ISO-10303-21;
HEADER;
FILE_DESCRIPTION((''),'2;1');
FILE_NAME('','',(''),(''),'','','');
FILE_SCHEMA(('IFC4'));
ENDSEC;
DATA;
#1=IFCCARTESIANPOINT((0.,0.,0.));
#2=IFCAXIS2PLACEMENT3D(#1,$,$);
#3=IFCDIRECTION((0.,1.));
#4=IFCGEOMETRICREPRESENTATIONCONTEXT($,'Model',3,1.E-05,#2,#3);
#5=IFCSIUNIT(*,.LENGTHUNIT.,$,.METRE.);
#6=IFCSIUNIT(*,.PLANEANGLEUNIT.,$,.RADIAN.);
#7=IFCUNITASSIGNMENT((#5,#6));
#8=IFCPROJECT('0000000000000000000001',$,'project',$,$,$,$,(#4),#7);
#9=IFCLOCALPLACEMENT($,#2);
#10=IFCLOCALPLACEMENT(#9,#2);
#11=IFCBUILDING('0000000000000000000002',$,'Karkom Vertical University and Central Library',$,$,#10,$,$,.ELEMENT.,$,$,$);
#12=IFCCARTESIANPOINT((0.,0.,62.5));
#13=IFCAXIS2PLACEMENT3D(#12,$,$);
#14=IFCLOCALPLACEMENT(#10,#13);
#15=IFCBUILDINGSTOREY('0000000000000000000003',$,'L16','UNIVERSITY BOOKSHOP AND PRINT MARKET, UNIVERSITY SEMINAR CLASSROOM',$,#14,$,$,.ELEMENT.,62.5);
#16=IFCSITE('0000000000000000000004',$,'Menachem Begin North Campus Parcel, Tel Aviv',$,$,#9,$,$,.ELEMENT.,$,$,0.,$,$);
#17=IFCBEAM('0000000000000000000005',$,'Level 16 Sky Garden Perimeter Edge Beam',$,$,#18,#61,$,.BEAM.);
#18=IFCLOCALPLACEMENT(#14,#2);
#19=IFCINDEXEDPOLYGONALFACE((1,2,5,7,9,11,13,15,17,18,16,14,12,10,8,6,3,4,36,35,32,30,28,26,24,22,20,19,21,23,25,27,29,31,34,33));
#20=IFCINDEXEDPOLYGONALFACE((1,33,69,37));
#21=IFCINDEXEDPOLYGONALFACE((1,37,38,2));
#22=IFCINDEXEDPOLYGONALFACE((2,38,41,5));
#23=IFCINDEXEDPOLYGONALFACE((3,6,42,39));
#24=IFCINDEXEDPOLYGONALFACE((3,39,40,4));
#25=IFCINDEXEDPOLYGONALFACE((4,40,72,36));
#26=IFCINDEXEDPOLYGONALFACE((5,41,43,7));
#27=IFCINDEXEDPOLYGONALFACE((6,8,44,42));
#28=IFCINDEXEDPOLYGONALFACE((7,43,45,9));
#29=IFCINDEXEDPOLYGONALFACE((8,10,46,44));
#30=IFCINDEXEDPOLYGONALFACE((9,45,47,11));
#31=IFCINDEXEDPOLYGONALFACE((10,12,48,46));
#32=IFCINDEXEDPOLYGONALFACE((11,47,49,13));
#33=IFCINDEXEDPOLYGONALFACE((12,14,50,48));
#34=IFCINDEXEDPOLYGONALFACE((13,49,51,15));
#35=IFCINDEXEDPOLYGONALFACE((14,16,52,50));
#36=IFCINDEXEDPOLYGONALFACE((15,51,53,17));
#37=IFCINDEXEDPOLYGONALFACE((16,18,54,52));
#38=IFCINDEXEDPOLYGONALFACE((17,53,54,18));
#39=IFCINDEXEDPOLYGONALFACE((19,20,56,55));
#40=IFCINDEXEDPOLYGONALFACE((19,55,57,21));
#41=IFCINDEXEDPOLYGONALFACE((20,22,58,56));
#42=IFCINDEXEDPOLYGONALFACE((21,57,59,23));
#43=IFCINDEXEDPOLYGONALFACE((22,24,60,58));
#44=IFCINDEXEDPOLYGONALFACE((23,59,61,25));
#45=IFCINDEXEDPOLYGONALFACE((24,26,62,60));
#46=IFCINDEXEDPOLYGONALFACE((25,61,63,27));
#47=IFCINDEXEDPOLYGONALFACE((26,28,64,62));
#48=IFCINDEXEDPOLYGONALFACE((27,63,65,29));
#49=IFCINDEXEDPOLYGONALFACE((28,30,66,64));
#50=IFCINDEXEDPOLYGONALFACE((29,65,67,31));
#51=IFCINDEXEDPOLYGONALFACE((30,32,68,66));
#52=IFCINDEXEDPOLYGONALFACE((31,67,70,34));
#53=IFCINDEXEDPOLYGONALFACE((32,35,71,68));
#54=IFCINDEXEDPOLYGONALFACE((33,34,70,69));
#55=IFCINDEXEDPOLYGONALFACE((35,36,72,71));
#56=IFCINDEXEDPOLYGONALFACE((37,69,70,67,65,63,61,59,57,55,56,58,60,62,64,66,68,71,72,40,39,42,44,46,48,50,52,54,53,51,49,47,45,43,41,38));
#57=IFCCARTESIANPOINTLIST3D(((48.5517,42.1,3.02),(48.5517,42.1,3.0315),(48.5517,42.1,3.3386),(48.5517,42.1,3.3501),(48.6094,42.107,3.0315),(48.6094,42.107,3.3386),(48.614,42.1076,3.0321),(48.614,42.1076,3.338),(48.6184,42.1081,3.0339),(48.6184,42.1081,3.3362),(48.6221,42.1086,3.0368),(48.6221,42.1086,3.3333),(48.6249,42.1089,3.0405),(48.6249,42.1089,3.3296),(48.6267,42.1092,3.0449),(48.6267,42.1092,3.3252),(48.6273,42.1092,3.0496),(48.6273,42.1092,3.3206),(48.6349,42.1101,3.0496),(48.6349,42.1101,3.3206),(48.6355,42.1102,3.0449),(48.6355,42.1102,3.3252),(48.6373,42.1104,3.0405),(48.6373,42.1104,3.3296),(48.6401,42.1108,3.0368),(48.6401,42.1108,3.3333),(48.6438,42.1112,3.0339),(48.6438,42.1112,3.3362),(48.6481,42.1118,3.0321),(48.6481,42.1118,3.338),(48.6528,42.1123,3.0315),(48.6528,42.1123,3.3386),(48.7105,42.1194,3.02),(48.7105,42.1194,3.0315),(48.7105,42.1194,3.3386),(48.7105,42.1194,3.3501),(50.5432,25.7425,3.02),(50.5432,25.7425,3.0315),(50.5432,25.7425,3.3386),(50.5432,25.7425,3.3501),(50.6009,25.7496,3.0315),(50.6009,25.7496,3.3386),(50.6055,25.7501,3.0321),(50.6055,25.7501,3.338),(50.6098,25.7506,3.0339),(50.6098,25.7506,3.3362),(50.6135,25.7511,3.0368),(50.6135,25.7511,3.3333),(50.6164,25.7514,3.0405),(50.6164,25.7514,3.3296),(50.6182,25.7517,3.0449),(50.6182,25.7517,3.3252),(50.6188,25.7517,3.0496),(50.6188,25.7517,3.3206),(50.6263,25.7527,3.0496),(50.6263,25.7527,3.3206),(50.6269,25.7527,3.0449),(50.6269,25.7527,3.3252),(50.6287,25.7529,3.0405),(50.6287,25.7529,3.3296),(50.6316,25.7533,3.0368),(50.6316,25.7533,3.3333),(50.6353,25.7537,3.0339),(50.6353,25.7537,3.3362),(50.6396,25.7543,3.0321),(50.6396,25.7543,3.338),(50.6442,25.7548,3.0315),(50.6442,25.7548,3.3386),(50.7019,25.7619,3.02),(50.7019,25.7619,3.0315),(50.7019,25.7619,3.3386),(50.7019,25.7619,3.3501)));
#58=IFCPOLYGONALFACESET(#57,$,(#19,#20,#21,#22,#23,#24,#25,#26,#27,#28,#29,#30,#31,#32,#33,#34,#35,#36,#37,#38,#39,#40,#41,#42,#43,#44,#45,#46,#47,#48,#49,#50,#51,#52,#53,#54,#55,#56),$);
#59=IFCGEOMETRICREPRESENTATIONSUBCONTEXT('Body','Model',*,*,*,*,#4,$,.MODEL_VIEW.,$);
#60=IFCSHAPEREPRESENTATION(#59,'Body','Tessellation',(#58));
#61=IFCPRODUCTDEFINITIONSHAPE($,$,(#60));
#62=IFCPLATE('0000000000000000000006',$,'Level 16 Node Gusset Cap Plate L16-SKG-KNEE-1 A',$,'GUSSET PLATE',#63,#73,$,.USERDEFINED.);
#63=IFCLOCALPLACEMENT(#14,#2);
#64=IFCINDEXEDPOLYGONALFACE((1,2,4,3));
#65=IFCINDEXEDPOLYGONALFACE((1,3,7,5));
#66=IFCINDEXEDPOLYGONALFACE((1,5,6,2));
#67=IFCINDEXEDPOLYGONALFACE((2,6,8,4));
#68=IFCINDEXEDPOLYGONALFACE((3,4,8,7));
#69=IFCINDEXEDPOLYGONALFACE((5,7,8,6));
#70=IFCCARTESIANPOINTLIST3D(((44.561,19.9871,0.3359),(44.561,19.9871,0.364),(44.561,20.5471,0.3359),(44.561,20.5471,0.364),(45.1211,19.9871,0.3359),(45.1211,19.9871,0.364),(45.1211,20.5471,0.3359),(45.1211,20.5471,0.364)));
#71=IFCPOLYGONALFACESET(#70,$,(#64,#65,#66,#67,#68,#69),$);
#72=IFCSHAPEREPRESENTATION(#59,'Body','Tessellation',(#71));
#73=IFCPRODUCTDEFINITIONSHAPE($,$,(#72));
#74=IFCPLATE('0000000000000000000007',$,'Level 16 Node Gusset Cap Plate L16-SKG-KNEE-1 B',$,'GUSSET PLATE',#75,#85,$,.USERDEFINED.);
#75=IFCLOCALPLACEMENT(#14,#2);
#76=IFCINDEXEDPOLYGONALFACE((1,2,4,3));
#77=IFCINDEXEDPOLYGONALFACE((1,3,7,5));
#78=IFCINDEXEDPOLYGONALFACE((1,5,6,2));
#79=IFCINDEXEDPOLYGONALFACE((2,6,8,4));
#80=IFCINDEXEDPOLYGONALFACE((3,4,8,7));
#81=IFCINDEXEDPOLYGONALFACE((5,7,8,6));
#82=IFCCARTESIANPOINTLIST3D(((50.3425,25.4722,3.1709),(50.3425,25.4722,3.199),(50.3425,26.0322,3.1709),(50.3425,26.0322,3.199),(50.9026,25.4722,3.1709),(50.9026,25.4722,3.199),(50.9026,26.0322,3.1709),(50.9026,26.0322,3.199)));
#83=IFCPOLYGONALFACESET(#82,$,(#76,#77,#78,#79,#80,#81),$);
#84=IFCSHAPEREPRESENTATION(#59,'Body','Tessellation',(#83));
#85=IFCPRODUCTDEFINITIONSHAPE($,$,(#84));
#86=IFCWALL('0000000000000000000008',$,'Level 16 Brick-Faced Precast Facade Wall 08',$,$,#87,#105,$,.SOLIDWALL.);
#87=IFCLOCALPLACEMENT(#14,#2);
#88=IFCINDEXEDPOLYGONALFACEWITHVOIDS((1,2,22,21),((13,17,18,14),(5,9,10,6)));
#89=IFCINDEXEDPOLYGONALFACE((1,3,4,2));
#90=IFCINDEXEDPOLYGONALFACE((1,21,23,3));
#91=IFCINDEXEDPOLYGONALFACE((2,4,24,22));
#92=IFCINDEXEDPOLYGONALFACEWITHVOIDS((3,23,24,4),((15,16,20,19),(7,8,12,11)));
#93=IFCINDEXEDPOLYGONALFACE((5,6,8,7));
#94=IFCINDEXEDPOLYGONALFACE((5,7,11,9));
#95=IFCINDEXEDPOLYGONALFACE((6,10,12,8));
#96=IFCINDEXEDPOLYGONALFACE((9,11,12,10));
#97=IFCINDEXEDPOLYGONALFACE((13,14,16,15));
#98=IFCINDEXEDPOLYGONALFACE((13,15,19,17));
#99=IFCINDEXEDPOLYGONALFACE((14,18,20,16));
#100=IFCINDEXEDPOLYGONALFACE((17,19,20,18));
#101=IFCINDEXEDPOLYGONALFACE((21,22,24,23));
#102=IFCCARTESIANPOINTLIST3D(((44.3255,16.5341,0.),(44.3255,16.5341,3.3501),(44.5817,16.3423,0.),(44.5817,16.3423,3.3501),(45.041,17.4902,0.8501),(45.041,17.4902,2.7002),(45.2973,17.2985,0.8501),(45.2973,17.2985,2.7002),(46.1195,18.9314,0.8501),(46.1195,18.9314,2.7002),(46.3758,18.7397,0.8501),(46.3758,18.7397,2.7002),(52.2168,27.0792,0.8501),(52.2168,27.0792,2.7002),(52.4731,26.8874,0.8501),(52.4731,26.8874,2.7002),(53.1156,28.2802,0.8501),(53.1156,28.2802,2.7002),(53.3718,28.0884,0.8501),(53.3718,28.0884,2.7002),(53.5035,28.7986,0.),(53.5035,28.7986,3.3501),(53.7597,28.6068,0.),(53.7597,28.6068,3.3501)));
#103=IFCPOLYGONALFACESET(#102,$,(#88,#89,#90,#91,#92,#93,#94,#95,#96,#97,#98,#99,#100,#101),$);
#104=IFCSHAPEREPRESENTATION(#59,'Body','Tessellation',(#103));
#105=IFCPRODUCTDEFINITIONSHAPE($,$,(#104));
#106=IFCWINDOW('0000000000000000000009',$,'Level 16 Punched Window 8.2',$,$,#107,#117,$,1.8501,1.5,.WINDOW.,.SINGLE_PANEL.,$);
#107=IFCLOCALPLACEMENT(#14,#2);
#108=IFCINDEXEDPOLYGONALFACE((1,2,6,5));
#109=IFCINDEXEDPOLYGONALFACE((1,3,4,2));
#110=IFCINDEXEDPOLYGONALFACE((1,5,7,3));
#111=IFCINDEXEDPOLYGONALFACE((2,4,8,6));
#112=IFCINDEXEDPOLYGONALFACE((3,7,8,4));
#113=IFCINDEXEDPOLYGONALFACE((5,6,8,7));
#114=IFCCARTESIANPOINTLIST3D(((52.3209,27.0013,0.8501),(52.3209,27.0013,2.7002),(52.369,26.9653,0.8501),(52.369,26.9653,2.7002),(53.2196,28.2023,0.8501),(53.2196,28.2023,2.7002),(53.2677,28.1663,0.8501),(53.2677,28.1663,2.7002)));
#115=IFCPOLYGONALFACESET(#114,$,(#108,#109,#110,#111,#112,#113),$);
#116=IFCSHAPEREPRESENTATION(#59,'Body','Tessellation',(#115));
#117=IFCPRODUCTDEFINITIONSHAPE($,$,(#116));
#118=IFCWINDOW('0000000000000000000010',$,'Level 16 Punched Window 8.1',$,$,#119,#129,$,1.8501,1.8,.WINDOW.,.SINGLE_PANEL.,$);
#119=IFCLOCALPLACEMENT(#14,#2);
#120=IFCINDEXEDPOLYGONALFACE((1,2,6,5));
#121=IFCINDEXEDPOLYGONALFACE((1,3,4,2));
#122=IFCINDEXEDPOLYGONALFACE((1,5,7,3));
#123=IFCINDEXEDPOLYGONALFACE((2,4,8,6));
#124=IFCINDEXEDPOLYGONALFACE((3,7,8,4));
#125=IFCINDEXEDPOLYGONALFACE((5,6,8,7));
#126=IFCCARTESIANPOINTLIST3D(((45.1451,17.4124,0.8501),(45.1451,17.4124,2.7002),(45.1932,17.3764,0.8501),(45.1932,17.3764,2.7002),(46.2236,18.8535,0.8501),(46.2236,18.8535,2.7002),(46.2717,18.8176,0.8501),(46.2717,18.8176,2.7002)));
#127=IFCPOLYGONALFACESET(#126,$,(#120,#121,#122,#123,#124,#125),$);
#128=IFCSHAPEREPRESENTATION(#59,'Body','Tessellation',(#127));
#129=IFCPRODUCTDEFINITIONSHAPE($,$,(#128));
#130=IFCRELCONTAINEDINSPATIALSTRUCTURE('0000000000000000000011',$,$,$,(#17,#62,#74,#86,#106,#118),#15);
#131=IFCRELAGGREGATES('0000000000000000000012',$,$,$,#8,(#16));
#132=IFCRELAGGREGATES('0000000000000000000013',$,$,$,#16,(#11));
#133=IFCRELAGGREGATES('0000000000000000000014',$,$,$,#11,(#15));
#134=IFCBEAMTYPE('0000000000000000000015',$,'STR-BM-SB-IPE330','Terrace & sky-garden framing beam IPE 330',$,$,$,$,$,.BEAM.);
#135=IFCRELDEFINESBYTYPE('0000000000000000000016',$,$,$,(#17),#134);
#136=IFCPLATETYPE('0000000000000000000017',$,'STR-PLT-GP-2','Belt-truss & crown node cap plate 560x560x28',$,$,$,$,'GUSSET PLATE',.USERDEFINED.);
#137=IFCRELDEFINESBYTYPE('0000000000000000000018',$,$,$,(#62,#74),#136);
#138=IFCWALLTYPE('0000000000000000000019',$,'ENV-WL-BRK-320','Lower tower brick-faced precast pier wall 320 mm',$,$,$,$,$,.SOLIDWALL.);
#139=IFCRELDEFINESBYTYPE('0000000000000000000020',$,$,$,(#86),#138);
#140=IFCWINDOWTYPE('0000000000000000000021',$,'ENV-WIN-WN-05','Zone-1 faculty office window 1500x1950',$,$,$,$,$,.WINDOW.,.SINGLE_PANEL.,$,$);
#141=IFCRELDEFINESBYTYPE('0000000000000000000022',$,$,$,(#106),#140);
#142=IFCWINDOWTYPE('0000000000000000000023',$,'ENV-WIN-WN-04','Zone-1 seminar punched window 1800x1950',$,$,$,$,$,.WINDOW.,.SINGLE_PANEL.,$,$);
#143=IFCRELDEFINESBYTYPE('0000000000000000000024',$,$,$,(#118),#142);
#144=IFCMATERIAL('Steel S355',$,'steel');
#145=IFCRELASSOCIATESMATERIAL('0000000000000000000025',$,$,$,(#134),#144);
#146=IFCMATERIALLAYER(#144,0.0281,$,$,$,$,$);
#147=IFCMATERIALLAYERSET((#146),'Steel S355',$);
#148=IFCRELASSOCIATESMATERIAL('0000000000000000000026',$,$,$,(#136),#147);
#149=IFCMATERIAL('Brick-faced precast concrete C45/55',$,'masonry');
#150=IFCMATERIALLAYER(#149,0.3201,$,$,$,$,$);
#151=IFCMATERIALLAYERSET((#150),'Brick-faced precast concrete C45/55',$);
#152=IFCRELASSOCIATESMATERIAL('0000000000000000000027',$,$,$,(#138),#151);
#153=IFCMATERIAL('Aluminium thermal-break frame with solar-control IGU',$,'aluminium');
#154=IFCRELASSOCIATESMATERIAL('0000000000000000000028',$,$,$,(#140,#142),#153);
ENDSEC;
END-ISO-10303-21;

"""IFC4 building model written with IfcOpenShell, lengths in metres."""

from ifc_helpers import new_model, si_unit, direction, frame, frame_2d, origin, origin_with_axes, origin_2d, place, context, subcontext, project, spatial, rectangle, i_section, extrude, source, transform, mapped, material, layer, layer_set, material_profile, profile_set, type_object, element, fill, save


model = new_model("IFC4")

# Units and contexts
model_context = context("Model", 3, precision=1e-05, world=origin(), true_north=direction((0.0, 1.0)))
body_context = subcontext(model_context, "Body", "Model", "MODEL_VIEW")
ifc_project = project(units=[si_unit("LENGTHUNIT", "METRE"), si_unit("PLANEANGLEUNIT", "RADIAN")], contexts=[model_context])

# Site, building, storey
site_placement = place(None, origin())
site = spatial("IfcSite", under=ifc_project, at=site_placement, Name="Menachem Begin North Campus Parcel, Tel Aviv", CompositionType="ELEMENT", RefElevation=0.0)
building_placement = place(site_placement, origin())
building = spatial("IfcBuilding", under=site, at=building_placement, Name="Karkom Vertical University and Central Library", CompositionType="ELEMENT")
storey_placement = place(building_placement, frame((0.0, 0.0, 62.5)))
storey = spatial("IfcBuildingStorey", under=building, at=storey_placement, Name="L16", Description="UNIVERSITY BOOKSHOP AND PRINT MARKET, UNIVERSITY SEMINAR CLASSROOM", CompositionType="ELEMENT", Elevation=62.5)

# Shared definitions
ifc_material_1 = material(Name="Steel S355", Category="steel")
ifc_material_profile_1 = material_profile(ifc_material_1, i_section(OverallWidth=0.1599, OverallDepth=0.3301, WebThickness=0.0076, FlangeThickness=0.0115, FilletRadius=0.0181, at=origin_2d()), Name="IPE 330")
ifc_profile_set_1 = profile_set([ifc_material_profile_1], Name="Steel S355")
beam_type_1 = type_object("IfcBeamType", Name="STR-BM-SB-IPE330", Description="Terrace & sky-garden framing beam IPE 330", PredefinedType="BEAM", material=ifc_profile_set_1)

# Beam
shared_shape_1 = source(origin_with_axes(), body_context, "Body", "SweptSolid", [
    extrude(i_section(OverallWidth=0.1599, OverallDepth=0.3301, WebThickness=0.0076, FlangeThickness=0.0115, FilletRadius=0.0181, at=origin_2d()), origin(), (0.0, 0.0, 1.0), 16.4783),
])
beam_1_placement = place(storey_placement, frame((50.6226, 25.7522, 3.1851), z_axis=(-0.120854, 0.99267, 0.0), x_axis=(-0.99267, -0.120854, 0.0)))
element("IfcBeam", 1, at=beam_1_placement, inside=storey, type_object=beam_type_1, Name="Level 16 Sky Garden Perimeter Edge Beam", PredefinedType="BEAM", context=body_context, shape_type="MappedRepresentation", body=[
    mapped(shared_shape_1, transform((0.0, 0.0, 0.0), scale=1.0)),
])

# Plates
ifc_layer_1 = layer(ifc_material_1, 0.0281)
ifc_layer_set_1 = layer_set([ifc_layer_1], Name="Steel S355")
plate_type = type_object("IfcPlateType", Name="STR-PLT-GP-2", Description="Belt-truss & crown node cap plate 560x560x28", ElementType="GUSSET PLATE", PredefinedType="USERDEFINED", material=ifc_layer_set_1)
shared_shape_2 = source(origin_with_axes(), body_context, "Body", "SweptSolid", [
    extrude(rectangle(XDim=0.5601, YDim=0.5601, at=origin_2d()), origin(), (0.0, 0.0, 1.0), 0.0281),
])
for number, where, z_axis, x_axis, name in (
    (2, (44.8411, 20.2671, 0.3359), (0.0, 0.0, 1.0), (1.0, 0.0, 0.0), "Level 16 Node Gusset Cap Plate L16-SKG-KNEE-1 A"),
    (3, (50.6226, 25.7522, 3.1709), (0.0, 0.0, 1.0), (1.0, 0.0, 0.0), "Level 16 Node Gusset Cap Plate L16-SKG-KNEE-1 B"),
):
    element("IfcPlate", number, at=place(storey_placement, frame(where, z_axis=z_axis, x_axis=x_axis)), inside=storey, type_object=plate_type, Name=name, ObjectType="GUSSET PLATE", PredefinedType="USERDEFINED", context=body_context, shape_type="MappedRepresentation", body=[
        mapped(shared_shape_2, transform((0.0, 0.0, 0.0), scale=1.0)),
    ])

# Wall, openings, windows
ifc_material_2 = material(Name="Brick-faced precast concrete C45/55", Category="masonry")
ifc_layer_2 = layer(ifc_material_2, 0.3201)
ifc_layer_set_2 = layer_set([ifc_layer_2], Name="Brick-faced precast concrete C45/55")
wall_type_1 = type_object("IfcWallType", Name="ENV-WL-BRK-320", Description="Lower tower brick-faced precast pier wall 320 mm", PredefinedType="SOLIDWALL", material=ifc_layer_set_2)
wall_1_placement = place(storey_placement, frame((44.4536, 16.4382, 0.0), z_axis=(0.0, 0.0, 1.0), x_axis=(0.59915, 0.800636, 0.0)))
wall_1 = element("IfcWall", 4, at=wall_1_placement, inside=storey, type_object=wall_type_1, Name="Level 16 Brick-Faced Precast Facade Wall 08", PredefinedType="SOLIDWALL", context=body_context, shape_type="SweptSolid", body=[
    extrude(rectangle(XDim=15.3184, YDim=0.3201, at=frame_2d((7.6592, 0.0))), origin(), (0.0, 0.0, 1.0), 3.3501),
])
opening_1_placement = place(wall_1_placement, frame((1.1943, 0.0, 0.8501)))
opening_1 = element("IfcOpeningElement", 5, at=opening_1_placement, cuts=wall_1, PredefinedType="OPENING", context=body_context, shape_type="SweptSolid", body=[
    extrude(rectangle(XDim=1.8, YDim=1.8501, at=frame_2d((0.8999, 0.925))), frame((0.0, 0.1699, 0.0), z_axis=(0.0, -1.0, 0.0), x_axis=(1.0, 0.0, 0.0)), (0.0, 0.0, 1.0), 0.3401),
])
opening_2_placement = place(wall_1_placement, frame((13.1709, 0.0, 0.8501)))
opening_2 = element("IfcOpeningElement", 6, at=opening_2_placement, cuts=wall_1, PredefinedType="OPENING", context=body_context, shape_type="SweptSolid", body=[
    extrude(rectangle(XDim=1.5, YDim=1.8501, at=frame_2d((0.75, 0.925))), frame((0.0, 0.1699, 0.0), z_axis=(0.0, -1.0, 0.0), x_axis=(1.0, 0.0, 0.0)), (0.0, 0.0, 1.0), 0.3401),
])
ifc_material_3 = material(Name="Aluminium thermal-break frame with solar-control IGU", Category="aluminium")
window_type_1 = type_object("IfcWindowType", Name="ENV-WIN-WN-05", Description="Zone-1 faculty office window 1500x1950", PartitioningType="SINGLE_PANEL", PredefinedType="WINDOW", material=ifc_material_3)
shared_shape_3 = source(origin_with_axes(), body_context, "Body", "SweptSolid", [
    extrude(rectangle(XDim=1.5, YDim=1.8501, at=frame_2d((0.75, 0.925))), frame((0.0, 0.03, 0.0), z_axis=(0.0, -1.0, 0.0), x_axis=(1.0, 0.0, 0.0)), (0.0, 0.0, 1.0), 0.0601),
])
window_1_placement = place(opening_2_placement, origin())
window_1 = element("IfcWindow", 7, at=window_1_placement, inside=storey, type_object=window_type_1, Name="Level 16 Punched Window 8.2", OverallHeight=1.8501, OverallWidth=1.5, PartitioningType="SINGLE_PANEL", PredefinedType="WINDOW", context=body_context, shape_type="MappedRepresentation", body=[
    mapped(shared_shape_3, transform((0.0, 0.0, 0.0), scale=1.0)),
])
fill(opening_2, window_1)
window_type_2 = type_object("IfcWindowType", Name="ENV-WIN-WN-04", Description="Zone-1 seminar punched window 1800x1950", PartitioningType="SINGLE_PANEL", PredefinedType="WINDOW", material=ifc_material_3)
shared_shape_4 = source(origin_with_axes(), body_context, "Body", "SweptSolid", [
    extrude(rectangle(XDim=1.8, YDim=1.8501, at=frame_2d((0.8999, 0.925))), frame((0.0, 0.03, 0.0), z_axis=(0.0, -1.0, 0.0), x_axis=(1.0, 0.0, 0.0)), (0.0, 0.0, 1.0), 0.0601),
])
window_2_placement = place(opening_1_placement, origin())
window_2 = element("IfcWindow", 8, at=window_2_placement, inside=storey, type_object=window_type_2, Name="Level 16 Punched Window 8.1", OverallHeight=1.8501, OverallWidth=1.8, PartitioningType="SINGLE_PANEL", PredefinedType="WINDOW", context=body_context, shape_type="MappedRepresentation", body=[
    mapped(shared_shape_4, transform((0.0, 0.0, 0.0), scale=1.0)),
])
fill(opening_1, window_2)

save(model, "model.ifc")
